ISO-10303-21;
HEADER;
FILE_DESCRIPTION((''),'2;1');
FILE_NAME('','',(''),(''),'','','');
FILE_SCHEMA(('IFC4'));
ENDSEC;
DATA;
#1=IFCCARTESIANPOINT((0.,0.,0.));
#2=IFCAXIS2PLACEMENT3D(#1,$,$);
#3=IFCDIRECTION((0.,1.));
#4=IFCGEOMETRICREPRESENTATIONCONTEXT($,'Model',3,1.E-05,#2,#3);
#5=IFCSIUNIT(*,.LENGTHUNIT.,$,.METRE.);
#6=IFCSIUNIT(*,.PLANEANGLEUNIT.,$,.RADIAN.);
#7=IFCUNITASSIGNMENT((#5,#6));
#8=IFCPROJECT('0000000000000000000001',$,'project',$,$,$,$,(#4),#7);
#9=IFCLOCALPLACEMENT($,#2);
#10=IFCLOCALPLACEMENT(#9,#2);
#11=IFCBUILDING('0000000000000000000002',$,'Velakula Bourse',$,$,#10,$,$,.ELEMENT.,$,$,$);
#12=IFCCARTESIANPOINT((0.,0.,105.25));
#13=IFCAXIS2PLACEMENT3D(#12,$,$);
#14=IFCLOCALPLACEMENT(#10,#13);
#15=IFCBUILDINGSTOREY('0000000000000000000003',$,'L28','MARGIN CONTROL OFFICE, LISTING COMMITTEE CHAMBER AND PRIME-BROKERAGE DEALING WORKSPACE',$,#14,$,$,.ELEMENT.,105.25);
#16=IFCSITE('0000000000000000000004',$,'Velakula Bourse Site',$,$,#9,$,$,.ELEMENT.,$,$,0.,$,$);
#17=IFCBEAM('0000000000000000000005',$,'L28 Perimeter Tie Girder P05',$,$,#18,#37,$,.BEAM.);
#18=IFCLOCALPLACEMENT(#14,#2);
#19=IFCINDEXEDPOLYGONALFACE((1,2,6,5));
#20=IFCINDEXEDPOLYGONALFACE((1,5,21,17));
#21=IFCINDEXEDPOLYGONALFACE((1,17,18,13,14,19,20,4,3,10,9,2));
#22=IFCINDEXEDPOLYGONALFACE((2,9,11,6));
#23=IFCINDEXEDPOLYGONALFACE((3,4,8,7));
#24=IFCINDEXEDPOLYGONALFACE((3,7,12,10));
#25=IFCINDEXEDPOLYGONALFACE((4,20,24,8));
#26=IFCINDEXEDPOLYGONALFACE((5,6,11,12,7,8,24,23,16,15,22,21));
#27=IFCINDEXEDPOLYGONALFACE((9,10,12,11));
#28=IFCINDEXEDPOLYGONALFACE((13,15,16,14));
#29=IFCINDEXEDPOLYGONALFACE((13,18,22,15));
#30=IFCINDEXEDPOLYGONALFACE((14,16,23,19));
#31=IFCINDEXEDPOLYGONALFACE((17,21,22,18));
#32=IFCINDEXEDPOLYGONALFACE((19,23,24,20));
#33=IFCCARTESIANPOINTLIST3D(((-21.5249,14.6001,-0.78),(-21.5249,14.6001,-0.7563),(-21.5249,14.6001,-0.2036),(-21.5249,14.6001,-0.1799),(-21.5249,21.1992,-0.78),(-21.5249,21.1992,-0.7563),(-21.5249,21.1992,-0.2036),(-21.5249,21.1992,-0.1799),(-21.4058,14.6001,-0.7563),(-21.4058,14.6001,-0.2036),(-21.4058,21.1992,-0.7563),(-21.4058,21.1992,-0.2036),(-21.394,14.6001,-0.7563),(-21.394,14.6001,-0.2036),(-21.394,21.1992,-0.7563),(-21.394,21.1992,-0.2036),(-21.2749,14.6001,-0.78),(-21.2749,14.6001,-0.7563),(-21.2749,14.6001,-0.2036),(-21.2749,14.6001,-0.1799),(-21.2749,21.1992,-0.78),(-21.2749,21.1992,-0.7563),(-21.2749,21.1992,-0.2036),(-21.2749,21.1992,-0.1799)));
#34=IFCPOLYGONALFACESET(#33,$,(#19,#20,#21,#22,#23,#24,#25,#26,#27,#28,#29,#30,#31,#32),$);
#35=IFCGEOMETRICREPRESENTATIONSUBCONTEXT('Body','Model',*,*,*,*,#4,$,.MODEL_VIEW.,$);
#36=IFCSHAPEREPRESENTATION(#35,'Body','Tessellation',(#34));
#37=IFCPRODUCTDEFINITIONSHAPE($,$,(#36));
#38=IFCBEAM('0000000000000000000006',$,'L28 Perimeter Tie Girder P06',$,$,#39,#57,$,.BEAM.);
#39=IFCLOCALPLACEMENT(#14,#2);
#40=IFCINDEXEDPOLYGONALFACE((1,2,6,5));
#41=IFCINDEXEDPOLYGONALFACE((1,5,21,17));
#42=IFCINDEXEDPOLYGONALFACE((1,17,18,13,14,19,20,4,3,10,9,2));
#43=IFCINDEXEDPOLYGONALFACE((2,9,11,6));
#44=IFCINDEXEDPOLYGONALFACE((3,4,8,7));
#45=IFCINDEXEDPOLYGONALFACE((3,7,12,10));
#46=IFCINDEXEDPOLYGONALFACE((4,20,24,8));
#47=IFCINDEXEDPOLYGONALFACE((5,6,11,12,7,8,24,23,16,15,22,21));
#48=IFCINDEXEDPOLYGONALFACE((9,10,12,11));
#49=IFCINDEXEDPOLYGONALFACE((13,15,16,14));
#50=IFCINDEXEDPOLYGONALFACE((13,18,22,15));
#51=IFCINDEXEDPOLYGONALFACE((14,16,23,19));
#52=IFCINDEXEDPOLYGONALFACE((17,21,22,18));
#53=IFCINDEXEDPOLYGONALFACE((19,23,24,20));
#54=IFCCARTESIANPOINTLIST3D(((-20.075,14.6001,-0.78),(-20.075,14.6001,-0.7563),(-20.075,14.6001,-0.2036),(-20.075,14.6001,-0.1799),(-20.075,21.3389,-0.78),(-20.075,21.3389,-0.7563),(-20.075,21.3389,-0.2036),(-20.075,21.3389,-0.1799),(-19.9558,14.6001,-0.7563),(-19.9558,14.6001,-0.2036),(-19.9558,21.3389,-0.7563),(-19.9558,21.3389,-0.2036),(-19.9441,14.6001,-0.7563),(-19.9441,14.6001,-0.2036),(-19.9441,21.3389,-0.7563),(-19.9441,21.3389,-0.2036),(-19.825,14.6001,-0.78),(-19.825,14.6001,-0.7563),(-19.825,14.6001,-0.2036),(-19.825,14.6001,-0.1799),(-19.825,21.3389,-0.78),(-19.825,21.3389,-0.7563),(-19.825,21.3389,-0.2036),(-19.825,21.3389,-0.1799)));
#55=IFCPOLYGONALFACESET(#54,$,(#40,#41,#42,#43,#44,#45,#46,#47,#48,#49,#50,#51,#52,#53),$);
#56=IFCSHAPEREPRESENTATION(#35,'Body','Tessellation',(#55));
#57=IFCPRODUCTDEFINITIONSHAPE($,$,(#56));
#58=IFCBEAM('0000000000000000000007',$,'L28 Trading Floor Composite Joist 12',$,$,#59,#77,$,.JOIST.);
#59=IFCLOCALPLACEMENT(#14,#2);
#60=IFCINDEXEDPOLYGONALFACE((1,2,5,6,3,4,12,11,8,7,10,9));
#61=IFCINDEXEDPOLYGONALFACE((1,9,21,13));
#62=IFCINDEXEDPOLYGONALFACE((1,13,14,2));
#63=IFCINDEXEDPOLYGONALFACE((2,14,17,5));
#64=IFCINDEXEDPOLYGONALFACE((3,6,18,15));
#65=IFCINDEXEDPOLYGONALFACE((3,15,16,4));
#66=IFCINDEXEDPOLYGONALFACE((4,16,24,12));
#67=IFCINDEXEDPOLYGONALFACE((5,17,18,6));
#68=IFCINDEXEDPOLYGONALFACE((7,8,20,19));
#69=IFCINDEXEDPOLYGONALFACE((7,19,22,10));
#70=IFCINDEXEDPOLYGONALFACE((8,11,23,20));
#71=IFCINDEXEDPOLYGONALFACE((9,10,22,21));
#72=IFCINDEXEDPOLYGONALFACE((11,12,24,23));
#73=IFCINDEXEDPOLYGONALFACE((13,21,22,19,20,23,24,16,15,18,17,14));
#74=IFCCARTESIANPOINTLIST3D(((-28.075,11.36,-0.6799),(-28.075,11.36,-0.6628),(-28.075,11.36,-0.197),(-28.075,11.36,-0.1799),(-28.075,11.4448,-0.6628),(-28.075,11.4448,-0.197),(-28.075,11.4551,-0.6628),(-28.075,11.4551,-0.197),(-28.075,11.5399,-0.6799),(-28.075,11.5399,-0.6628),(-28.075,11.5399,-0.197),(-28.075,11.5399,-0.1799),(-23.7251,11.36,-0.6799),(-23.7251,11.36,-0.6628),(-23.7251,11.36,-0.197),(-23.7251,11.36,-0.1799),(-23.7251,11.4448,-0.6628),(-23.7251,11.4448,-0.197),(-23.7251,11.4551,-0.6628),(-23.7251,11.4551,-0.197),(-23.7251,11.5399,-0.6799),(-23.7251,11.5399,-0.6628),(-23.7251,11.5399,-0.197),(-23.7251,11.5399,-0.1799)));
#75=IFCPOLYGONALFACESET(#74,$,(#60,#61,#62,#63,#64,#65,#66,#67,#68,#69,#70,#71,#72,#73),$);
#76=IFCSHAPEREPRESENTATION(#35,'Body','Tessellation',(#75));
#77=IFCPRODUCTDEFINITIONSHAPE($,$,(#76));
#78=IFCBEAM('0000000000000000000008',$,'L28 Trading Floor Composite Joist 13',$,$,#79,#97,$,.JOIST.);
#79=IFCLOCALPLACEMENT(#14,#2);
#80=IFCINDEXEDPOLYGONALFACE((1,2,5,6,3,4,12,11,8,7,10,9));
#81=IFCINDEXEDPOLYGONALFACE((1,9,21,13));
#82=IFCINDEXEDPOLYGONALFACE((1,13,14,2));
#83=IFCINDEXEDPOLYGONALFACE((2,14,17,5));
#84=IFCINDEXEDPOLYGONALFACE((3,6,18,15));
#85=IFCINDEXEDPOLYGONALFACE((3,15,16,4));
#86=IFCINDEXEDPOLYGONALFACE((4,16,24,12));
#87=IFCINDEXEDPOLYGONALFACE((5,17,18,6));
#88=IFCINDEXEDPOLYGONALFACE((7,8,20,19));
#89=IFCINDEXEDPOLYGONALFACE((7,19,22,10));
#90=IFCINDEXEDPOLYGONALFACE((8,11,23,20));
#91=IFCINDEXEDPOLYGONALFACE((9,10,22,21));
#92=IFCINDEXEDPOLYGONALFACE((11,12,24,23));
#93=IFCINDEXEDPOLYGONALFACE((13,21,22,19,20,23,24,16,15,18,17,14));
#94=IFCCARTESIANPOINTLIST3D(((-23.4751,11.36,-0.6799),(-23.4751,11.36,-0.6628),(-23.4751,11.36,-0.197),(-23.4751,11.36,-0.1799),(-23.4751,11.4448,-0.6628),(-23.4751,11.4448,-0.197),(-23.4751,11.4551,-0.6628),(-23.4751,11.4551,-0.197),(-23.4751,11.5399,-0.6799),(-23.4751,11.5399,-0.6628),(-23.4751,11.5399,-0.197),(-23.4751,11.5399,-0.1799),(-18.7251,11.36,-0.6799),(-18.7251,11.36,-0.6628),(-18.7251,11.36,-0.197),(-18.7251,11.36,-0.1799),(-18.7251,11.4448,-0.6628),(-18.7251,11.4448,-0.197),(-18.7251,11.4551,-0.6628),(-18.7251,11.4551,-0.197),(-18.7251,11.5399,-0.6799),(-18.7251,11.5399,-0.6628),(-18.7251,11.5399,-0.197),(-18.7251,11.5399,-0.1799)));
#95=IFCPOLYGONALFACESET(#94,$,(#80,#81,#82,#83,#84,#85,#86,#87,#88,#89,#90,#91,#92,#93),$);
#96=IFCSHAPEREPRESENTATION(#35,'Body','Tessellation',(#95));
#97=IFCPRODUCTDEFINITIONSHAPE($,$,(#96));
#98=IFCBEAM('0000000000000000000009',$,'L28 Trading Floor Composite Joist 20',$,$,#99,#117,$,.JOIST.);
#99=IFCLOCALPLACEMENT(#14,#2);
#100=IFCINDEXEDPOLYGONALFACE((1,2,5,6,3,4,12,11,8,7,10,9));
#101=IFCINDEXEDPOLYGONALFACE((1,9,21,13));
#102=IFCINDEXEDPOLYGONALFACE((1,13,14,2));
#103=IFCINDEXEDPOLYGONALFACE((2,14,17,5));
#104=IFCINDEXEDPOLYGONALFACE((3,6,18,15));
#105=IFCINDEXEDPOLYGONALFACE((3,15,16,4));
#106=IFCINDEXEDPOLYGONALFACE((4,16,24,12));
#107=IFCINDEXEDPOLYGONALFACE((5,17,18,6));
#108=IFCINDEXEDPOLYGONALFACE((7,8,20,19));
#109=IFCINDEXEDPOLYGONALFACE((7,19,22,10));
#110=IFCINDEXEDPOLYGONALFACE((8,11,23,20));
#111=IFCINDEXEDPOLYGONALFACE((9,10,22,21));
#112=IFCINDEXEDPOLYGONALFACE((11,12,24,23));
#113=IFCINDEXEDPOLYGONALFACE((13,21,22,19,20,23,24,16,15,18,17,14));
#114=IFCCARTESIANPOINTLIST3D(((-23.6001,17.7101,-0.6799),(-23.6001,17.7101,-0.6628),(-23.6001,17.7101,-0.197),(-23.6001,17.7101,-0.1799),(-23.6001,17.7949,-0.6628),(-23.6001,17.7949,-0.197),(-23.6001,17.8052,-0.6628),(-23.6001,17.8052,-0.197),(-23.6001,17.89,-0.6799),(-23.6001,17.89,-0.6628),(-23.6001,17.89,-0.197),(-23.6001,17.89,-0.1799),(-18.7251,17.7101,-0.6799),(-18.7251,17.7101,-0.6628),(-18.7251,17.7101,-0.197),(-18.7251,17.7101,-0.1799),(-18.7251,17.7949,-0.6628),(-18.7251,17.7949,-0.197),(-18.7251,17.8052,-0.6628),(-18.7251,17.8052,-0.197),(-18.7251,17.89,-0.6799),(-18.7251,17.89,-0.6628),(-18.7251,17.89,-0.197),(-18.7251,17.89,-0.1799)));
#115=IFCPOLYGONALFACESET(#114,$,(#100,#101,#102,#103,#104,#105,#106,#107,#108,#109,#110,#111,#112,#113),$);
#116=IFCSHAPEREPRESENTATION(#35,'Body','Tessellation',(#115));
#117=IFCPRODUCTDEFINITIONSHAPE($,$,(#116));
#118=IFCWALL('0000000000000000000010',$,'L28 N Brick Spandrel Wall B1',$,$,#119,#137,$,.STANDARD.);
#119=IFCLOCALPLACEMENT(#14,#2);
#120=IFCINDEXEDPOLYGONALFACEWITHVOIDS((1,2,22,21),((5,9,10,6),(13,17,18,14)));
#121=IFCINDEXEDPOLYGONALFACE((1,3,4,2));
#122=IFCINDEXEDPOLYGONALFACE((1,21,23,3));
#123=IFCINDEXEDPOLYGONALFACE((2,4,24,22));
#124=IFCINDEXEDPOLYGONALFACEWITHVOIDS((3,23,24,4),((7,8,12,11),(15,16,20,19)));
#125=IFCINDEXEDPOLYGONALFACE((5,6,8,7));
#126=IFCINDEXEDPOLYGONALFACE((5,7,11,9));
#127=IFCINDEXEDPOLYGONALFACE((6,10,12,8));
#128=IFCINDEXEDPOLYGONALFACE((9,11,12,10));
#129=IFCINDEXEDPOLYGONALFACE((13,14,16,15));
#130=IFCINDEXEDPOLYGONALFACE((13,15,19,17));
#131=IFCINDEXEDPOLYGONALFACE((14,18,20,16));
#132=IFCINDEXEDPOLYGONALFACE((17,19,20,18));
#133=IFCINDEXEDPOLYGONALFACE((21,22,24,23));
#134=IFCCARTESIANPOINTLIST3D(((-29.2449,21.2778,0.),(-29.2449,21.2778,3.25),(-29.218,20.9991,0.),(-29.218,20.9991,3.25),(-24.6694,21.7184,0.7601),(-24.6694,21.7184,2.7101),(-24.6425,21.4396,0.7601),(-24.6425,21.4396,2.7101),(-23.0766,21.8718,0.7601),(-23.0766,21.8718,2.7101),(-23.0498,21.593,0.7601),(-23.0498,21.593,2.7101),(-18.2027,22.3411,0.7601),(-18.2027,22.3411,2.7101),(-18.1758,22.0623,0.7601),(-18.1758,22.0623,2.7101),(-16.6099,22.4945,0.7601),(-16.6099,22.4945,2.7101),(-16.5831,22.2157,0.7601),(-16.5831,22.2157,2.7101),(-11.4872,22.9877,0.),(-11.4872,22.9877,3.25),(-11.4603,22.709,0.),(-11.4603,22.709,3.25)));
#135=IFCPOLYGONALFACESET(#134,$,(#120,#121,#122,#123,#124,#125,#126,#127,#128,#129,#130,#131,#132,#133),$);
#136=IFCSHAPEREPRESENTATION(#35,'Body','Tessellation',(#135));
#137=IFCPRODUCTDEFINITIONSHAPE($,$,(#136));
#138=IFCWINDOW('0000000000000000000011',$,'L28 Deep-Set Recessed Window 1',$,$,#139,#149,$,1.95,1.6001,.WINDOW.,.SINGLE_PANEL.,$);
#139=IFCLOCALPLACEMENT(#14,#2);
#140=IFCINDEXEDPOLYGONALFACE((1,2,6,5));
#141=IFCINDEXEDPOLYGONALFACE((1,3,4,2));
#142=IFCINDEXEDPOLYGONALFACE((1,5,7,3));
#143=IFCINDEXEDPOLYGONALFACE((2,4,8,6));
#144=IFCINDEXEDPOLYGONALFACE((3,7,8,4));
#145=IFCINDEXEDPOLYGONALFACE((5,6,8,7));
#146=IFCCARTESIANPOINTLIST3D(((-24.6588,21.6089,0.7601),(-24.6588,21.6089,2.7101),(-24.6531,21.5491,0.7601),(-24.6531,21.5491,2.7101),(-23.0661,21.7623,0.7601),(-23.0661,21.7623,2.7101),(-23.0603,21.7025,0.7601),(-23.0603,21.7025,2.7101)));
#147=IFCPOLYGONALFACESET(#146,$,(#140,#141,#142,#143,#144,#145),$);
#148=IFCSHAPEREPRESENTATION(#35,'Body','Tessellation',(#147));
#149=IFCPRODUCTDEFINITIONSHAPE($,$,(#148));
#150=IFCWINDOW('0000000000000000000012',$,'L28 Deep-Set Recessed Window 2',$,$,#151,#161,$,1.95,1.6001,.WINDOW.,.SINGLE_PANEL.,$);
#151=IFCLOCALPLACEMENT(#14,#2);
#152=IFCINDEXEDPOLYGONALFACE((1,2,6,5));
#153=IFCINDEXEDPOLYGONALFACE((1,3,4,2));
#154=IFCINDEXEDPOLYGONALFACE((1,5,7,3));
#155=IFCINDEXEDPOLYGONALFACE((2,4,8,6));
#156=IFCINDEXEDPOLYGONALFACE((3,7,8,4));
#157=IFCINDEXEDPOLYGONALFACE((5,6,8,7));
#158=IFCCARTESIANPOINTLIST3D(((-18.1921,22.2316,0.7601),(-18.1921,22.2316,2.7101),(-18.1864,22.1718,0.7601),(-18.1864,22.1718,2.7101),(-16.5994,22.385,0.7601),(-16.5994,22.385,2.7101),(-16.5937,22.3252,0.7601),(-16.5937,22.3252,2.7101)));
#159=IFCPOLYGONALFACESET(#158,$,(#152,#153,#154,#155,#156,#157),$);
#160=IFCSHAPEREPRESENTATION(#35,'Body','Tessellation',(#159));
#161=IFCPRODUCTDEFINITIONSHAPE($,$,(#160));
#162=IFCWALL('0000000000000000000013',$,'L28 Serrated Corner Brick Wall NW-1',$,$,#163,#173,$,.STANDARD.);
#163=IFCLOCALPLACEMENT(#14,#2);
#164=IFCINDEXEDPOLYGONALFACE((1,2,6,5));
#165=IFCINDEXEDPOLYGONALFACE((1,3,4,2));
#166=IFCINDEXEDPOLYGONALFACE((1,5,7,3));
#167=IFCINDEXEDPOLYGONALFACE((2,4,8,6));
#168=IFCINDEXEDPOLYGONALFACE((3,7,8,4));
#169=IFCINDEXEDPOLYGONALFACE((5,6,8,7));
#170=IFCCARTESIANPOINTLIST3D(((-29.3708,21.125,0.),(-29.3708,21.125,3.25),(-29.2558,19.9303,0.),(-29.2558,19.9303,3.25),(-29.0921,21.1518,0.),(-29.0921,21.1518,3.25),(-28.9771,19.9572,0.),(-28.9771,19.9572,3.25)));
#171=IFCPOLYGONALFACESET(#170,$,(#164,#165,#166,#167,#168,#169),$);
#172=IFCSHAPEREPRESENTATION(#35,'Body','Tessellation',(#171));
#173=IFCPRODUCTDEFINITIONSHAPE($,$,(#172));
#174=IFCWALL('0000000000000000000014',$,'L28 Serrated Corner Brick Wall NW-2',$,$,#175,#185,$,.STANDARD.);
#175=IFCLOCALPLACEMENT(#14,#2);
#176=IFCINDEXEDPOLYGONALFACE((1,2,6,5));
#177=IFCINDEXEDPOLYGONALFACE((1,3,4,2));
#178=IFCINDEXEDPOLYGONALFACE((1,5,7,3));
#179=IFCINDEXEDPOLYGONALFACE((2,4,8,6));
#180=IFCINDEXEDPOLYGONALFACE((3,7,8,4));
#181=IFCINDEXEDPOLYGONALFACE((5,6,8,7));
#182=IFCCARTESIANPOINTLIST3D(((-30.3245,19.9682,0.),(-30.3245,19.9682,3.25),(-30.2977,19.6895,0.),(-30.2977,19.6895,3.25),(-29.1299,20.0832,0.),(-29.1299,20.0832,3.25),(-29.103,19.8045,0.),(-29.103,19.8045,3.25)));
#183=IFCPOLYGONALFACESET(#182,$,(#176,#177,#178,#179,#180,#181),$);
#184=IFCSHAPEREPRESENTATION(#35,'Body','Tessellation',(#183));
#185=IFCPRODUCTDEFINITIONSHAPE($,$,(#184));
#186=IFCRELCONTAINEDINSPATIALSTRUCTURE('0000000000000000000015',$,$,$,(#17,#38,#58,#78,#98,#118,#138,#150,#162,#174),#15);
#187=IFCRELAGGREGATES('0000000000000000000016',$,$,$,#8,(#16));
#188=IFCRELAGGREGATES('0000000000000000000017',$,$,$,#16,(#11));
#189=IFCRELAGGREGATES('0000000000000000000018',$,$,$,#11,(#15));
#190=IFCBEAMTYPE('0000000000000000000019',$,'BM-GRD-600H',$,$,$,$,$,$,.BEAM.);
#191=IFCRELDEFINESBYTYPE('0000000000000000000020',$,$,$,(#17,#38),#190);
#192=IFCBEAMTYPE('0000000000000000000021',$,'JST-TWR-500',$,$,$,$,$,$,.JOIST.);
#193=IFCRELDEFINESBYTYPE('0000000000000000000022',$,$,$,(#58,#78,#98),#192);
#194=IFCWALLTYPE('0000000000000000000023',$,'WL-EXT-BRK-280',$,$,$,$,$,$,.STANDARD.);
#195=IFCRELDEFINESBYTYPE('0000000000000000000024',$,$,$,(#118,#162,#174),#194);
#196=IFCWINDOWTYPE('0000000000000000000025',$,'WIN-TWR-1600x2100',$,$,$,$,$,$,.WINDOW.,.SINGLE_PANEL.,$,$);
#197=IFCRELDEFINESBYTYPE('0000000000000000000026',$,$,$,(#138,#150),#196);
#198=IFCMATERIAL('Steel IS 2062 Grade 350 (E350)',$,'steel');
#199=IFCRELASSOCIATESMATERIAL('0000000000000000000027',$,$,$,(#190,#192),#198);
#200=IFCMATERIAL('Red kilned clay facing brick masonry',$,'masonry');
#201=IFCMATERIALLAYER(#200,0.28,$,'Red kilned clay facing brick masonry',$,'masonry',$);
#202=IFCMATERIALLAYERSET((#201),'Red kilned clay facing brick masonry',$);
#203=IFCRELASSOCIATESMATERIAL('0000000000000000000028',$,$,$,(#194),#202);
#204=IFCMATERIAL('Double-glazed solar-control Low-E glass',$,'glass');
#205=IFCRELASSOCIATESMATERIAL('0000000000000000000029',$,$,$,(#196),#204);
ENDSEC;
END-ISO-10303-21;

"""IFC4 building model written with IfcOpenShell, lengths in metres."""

from ifc_helpers import new_model, si_unit, direction, frame, frame_2d, origin, origin_2d, place, context, subcontext, project, spatial, rectangle, i_section, extrude, material, layer, layer_set, material_profile, profile_set, type_object, element, fill, save


model = new_model("IFC4")

# Units and contexts
model_context = context("Model", 3, precision=1e-05, world=origin(), true_north=direction((0.0, 1.0)))
body_context = subcontext(model_context, "Body", "Model", "MODEL_VIEW")
ifc_project = project(units=[si_unit("LENGTHUNIT", "METRE"), si_unit("PLANEANGLEUNIT", "RADIAN")], contexts=[model_context])

# Site, building, storey
site_placement = place(None, origin())
site = spatial("IfcSite", under=ifc_project, at=site_placement, Name="Velakula Bourse Site", CompositionType="ELEMENT", RefElevation=0.0)
building_placement = place(site_placement, origin())
building = spatial("IfcBuilding", under=site, at=building_placement, Name="Velakula Bourse", CompositionType="ELEMENT")
storey_placement = place(building_placement, frame((0.0, 0.0, 105.25)))
storey = spatial("IfcBuildingStorey", under=building, at=storey_placement, Name="L28", Description="MARGIN CONTROL OFFICE, LISTING COMMITTEE CHAMBER AND PRIME-BROKERAGE DEALING WORKSPACE", CompositionType="ELEMENT", Elevation=105.25)

# Beams
ifc_material_1 = material(Name="Steel IS 2062 Grade 350 (E350)", Category="steel")
ifc_material_profile_1 = material_profile(ifc_material_1, i_section(OverallWidth=0.25, OverallDepth=0.6001, WebThickness=0.0117, FlangeThickness=0.0237, at=origin_2d()), Name="Steel IS 2062 Grade 350 (E350)")
ifc_profile_set_1 = profile_set([ifc_material_profile_1], Name="Steel IS 2062 Grade 350 (E350)")
beam_type_1 = type_object("IfcBeamType", Name="BM-GRD-600H", PredefinedType="BEAM", material=ifc_profile_set_1)
beam_1_placement = place(storey_placement, frame((-21.3999, 14.6001, -0.48), z_axis=(0.0, 1.0, 0.0), x_axis=(-1.0, 0.0, 0.0)))
element("IfcBeam", 1, at=beam_1_placement, inside=storey, type_object=beam_type_1, Name="L28 Perimeter Tie Girder P05", PredefinedType="BEAM", context=body_context, shape_type="SweptSolid", body=[
    extrude(i_section(OverallWidth=0.25, OverallDepth=0.6001, WebThickness=0.0117, FlangeThickness=0.0237, at=origin_2d()), origin(), (0.0, 0.0, 1.0), 6.5991),
])
beam_2_placement = place(storey_placement, frame((-19.95, 14.6001, -0.48), z_axis=(0.0, 1.0, 0.0), x_axis=(-1.0, 0.0, 0.0)))
element("IfcBeam", 2, at=beam_2_placement, inside=storey, type_object=beam_type_1, Name="L28 Perimeter Tie Girder P06", PredefinedType="BEAM", context=body_context, shape_type="SweptSolid", body=[
    extrude(i_section(OverallWidth=0.25, OverallDepth=0.6001, WebThickness=0.0117, FlangeThickness=0.0237, at=origin_2d()), origin(), (0.0, 0.0, 1.0), 6.7388),
])
ifc_material_profile_2 = material_profile(ifc_material_1, i_section(OverallWidth=0.1799, OverallDepth=0.5, WebThickness=0.0103, FlangeThickness=0.0171, at=origin_2d()), Name="Steel IS 2062 Grade 350 (E350)")
ifc_profile_set_2 = profile_set([ifc_material_profile_2], Name="Steel IS 2062 Grade 350 (E350)")
beam_type_2 = type_object("IfcBeamType", Name="JST-TWR-500", PredefinedType="JOIST", material=ifc_profile_set_2)
beam_3_placement = place(storey_placement, frame((-28.075, 11.45, -0.4299), z_axis=(1.0, 0.0, 0.0), x_axis=(0.0, 1.0, 0.0)))
element("IfcBeam", 3, at=beam_3_placement, inside=storey, type_object=beam_type_2, Name="L28 Trading Floor Composite Joist 12", PredefinedType="JOIST", context=body_context, shape_type="SweptSolid", body=[
    extrude(i_section(OverallWidth=0.1799, OverallDepth=0.5, WebThickness=0.0103, FlangeThickness=0.0171, at=origin_2d()), origin(), (0.0, 0.0, 1.0), 4.3499),
])
beam_4_placement = place(storey_placement, frame((-23.4751, 11.45, -0.4299), z_axis=(1.0, 0.0, 0.0), x_axis=(0.0, 1.0, 0.0)))
element("IfcBeam", 4, at=beam_4_placement, inside=storey, type_object=beam_type_2, Name="L28 Trading Floor Composite Joist 13", PredefinedType="JOIST", context=body_context, shape_type="SweptSolid", body=[
    extrude(i_section(OverallWidth=0.1799, OverallDepth=0.5, WebThickness=0.0103, FlangeThickness=0.0171, at=origin_2d()), origin(), (0.0, 0.0, 1.0), 4.75),
])
beam_5_placement = place(storey_placement, frame((-23.6001, 17.8, -0.4299), z_axis=(1.0, 0.0, 0.0), x_axis=(0.0, 1.0, 0.0)))
element("IfcBeam", 5, at=beam_5_placement, inside=storey, type_object=beam_type_2, Name="L28 Trading Floor Composite Joist 20", PredefinedType="JOIST", context=body_context, shape_type="SweptSolid", body=[
    extrude(i_section(OverallWidth=0.1799, OverallDepth=0.5, WebThickness=0.0103, FlangeThickness=0.0171, at=origin_2d()), origin(), (0.0, 0.0, 1.0), 4.875),
])

# Wall, openings, windows
ifc_material_2 = material(Name="Red kilned clay facing brick masonry", Category="masonry")
ifc_layer_1 = layer(ifc_material_2, 0.28, Name="Red kilned clay facing brick masonry", Category="masonry")
ifc_layer_set_1 = layer_set([ifc_layer_1], Name="Red kilned clay facing brick masonry")
wall_type_1 = type_object("IfcWallType", Name="WL-EXT-BRK-280", PredefinedType="STANDARD", material=ifc_layer_set_1)
wall_1_placement = place(storey_placement, frame((-29.2314, 21.1384, 0.0), z_axis=(0.0, 0.0, 1.0), x_axis=(0.995396, 0.09585, 0.0)))
wall_1 = element("IfcWall", 6, at=wall_1_placement, inside=storey, type_object=wall_type_1, Name="L28 N Brick Spandrel Wall B1", PredefinedType="STANDARD", context=body_context, shape_type="SweptSolid", body=[
    extrude(rectangle(XDim=17.8398, YDim=0.28, at=frame_2d((8.9199, 0.0))), origin(), (0.0, 0.0, 1.0), 3.25),
])
opening_1_placement = place(wall_1_placement, frame((4.5967, 0.0, 0.76)))
opening_1 = element("IfcOpeningElement", 7, at=opening_1_placement, cuts=wall_1, PredefinedType="OPENING", context=body_context, shape_type="SweptSolid", body=[
    extrude(rectangle(XDim=1.6001, YDim=1.95, at=frame_2d((0.8, 0.9751))), frame((0.0, 0.1499, 0.0), z_axis=(0.0, -1.0, 0.0), x_axis=(1.0, 0.0, 0.0)), (0.0, 0.0, 1.0), 0.3),
])
opening_2_placement = place(wall_1_placement, frame((11.0933, 0.0, 0.76)))
opening_2 = element("IfcOpeningElement", 8, at=opening_2_placement, cuts=wall_1, PredefinedType="OPENING", context=body_context, shape_type="SweptSolid", body=[
    extrude(rectangle(XDim=1.6001, YDim=1.95, at=frame_2d((0.8, 0.9751))), frame((0.0, 0.1499, 0.0), z_axis=(0.0, -1.0, 0.0), x_axis=(1.0, 0.0, 0.0)), (0.0, 0.0, 1.0), 0.3),
])
ifc_material_3 = material(Name="Double-glazed solar-control Low-E glass", Category="glass")
window_type = type_object("IfcWindowType", Name="WIN-TWR-1600x2100", PartitioningType="SINGLE_PANEL", PredefinedType="WINDOW", material=ifc_material_3)
window_1_placement = place(opening_1_placement, origin())
window_1 = element("IfcWindow", 9, at=window_1_placement, inside=storey, type_object=window_type, Name="L28 Deep-Set Recessed Window 1", OverallHeight=1.95, OverallWidth=1.6001, PartitioningType="SINGLE_PANEL", PredefinedType="WINDOW", context=body_context, shape_type="SweptSolid", body=[
    extrude(rectangle(XDim=1.6001, YDim=1.95, at=frame_2d((0.8, 0.9751))), frame((0.0, 0.03, 0.0), z_axis=(0.0, -1.0, 0.0), x_axis=(1.0, 0.0, 0.0)), (0.0, 0.0, 1.0), 0.0601),
])
fill(opening_1, window_1)
window_2_placement = place(opening_2_placement, origin())
window_2 = element("IfcWindow", 10, at=window_2_placement, inside=storey, type_object=window_type, Name="L28 Deep-Set Recessed Window 2", OverallHeight=1.95, OverallWidth=1.6001, PartitioningType="SINGLE_PANEL", PredefinedType="WINDOW", context=body_context, shape_type="SweptSolid", body=[
    extrude(rectangle(XDim=1.6001, YDim=1.95, at=frame_2d((0.8, 0.9751))), frame((0.0, 0.03, 0.0), z_axis=(0.0, -1.0, 0.0), x_axis=(1.0, 0.0, 0.0)), (0.0, 0.0, 1.0), 0.0601),
])
fill(opening_2, window_2)

# Walls
for number, where, z_axis, x_axis, name in (
    (11, (-29.2314, 21.1384, 0.0), (0.0, 0.0, 1.0), (0.095817, -0.995399, 0.0), "L28 Serrated Corner Brick Wall NW-1"),
    (12, (-29.1165, 19.9438, 0.0), (0.0, 0.0, 1.0), (-0.995399, -0.095817, 0.0), "L28 Serrated Corner Brick Wall NW-2"),
):
    element("IfcWall", number, at=place(storey_placement, frame(where, z_axis=z_axis, x_axis=x_axis)), inside=storey, type_object=wall_type_1, Name=name, PredefinedType="STANDARD", context=body_context, shape_type="SweptSolid", body=[
        extrude(rectangle(XDim=1.2002, YDim=0.28, at=frame_2d((0.6001, 0.0))), origin(), (0.0, 0.0, 1.0), 3.25),
    ])

save(model, "model.ifc")
